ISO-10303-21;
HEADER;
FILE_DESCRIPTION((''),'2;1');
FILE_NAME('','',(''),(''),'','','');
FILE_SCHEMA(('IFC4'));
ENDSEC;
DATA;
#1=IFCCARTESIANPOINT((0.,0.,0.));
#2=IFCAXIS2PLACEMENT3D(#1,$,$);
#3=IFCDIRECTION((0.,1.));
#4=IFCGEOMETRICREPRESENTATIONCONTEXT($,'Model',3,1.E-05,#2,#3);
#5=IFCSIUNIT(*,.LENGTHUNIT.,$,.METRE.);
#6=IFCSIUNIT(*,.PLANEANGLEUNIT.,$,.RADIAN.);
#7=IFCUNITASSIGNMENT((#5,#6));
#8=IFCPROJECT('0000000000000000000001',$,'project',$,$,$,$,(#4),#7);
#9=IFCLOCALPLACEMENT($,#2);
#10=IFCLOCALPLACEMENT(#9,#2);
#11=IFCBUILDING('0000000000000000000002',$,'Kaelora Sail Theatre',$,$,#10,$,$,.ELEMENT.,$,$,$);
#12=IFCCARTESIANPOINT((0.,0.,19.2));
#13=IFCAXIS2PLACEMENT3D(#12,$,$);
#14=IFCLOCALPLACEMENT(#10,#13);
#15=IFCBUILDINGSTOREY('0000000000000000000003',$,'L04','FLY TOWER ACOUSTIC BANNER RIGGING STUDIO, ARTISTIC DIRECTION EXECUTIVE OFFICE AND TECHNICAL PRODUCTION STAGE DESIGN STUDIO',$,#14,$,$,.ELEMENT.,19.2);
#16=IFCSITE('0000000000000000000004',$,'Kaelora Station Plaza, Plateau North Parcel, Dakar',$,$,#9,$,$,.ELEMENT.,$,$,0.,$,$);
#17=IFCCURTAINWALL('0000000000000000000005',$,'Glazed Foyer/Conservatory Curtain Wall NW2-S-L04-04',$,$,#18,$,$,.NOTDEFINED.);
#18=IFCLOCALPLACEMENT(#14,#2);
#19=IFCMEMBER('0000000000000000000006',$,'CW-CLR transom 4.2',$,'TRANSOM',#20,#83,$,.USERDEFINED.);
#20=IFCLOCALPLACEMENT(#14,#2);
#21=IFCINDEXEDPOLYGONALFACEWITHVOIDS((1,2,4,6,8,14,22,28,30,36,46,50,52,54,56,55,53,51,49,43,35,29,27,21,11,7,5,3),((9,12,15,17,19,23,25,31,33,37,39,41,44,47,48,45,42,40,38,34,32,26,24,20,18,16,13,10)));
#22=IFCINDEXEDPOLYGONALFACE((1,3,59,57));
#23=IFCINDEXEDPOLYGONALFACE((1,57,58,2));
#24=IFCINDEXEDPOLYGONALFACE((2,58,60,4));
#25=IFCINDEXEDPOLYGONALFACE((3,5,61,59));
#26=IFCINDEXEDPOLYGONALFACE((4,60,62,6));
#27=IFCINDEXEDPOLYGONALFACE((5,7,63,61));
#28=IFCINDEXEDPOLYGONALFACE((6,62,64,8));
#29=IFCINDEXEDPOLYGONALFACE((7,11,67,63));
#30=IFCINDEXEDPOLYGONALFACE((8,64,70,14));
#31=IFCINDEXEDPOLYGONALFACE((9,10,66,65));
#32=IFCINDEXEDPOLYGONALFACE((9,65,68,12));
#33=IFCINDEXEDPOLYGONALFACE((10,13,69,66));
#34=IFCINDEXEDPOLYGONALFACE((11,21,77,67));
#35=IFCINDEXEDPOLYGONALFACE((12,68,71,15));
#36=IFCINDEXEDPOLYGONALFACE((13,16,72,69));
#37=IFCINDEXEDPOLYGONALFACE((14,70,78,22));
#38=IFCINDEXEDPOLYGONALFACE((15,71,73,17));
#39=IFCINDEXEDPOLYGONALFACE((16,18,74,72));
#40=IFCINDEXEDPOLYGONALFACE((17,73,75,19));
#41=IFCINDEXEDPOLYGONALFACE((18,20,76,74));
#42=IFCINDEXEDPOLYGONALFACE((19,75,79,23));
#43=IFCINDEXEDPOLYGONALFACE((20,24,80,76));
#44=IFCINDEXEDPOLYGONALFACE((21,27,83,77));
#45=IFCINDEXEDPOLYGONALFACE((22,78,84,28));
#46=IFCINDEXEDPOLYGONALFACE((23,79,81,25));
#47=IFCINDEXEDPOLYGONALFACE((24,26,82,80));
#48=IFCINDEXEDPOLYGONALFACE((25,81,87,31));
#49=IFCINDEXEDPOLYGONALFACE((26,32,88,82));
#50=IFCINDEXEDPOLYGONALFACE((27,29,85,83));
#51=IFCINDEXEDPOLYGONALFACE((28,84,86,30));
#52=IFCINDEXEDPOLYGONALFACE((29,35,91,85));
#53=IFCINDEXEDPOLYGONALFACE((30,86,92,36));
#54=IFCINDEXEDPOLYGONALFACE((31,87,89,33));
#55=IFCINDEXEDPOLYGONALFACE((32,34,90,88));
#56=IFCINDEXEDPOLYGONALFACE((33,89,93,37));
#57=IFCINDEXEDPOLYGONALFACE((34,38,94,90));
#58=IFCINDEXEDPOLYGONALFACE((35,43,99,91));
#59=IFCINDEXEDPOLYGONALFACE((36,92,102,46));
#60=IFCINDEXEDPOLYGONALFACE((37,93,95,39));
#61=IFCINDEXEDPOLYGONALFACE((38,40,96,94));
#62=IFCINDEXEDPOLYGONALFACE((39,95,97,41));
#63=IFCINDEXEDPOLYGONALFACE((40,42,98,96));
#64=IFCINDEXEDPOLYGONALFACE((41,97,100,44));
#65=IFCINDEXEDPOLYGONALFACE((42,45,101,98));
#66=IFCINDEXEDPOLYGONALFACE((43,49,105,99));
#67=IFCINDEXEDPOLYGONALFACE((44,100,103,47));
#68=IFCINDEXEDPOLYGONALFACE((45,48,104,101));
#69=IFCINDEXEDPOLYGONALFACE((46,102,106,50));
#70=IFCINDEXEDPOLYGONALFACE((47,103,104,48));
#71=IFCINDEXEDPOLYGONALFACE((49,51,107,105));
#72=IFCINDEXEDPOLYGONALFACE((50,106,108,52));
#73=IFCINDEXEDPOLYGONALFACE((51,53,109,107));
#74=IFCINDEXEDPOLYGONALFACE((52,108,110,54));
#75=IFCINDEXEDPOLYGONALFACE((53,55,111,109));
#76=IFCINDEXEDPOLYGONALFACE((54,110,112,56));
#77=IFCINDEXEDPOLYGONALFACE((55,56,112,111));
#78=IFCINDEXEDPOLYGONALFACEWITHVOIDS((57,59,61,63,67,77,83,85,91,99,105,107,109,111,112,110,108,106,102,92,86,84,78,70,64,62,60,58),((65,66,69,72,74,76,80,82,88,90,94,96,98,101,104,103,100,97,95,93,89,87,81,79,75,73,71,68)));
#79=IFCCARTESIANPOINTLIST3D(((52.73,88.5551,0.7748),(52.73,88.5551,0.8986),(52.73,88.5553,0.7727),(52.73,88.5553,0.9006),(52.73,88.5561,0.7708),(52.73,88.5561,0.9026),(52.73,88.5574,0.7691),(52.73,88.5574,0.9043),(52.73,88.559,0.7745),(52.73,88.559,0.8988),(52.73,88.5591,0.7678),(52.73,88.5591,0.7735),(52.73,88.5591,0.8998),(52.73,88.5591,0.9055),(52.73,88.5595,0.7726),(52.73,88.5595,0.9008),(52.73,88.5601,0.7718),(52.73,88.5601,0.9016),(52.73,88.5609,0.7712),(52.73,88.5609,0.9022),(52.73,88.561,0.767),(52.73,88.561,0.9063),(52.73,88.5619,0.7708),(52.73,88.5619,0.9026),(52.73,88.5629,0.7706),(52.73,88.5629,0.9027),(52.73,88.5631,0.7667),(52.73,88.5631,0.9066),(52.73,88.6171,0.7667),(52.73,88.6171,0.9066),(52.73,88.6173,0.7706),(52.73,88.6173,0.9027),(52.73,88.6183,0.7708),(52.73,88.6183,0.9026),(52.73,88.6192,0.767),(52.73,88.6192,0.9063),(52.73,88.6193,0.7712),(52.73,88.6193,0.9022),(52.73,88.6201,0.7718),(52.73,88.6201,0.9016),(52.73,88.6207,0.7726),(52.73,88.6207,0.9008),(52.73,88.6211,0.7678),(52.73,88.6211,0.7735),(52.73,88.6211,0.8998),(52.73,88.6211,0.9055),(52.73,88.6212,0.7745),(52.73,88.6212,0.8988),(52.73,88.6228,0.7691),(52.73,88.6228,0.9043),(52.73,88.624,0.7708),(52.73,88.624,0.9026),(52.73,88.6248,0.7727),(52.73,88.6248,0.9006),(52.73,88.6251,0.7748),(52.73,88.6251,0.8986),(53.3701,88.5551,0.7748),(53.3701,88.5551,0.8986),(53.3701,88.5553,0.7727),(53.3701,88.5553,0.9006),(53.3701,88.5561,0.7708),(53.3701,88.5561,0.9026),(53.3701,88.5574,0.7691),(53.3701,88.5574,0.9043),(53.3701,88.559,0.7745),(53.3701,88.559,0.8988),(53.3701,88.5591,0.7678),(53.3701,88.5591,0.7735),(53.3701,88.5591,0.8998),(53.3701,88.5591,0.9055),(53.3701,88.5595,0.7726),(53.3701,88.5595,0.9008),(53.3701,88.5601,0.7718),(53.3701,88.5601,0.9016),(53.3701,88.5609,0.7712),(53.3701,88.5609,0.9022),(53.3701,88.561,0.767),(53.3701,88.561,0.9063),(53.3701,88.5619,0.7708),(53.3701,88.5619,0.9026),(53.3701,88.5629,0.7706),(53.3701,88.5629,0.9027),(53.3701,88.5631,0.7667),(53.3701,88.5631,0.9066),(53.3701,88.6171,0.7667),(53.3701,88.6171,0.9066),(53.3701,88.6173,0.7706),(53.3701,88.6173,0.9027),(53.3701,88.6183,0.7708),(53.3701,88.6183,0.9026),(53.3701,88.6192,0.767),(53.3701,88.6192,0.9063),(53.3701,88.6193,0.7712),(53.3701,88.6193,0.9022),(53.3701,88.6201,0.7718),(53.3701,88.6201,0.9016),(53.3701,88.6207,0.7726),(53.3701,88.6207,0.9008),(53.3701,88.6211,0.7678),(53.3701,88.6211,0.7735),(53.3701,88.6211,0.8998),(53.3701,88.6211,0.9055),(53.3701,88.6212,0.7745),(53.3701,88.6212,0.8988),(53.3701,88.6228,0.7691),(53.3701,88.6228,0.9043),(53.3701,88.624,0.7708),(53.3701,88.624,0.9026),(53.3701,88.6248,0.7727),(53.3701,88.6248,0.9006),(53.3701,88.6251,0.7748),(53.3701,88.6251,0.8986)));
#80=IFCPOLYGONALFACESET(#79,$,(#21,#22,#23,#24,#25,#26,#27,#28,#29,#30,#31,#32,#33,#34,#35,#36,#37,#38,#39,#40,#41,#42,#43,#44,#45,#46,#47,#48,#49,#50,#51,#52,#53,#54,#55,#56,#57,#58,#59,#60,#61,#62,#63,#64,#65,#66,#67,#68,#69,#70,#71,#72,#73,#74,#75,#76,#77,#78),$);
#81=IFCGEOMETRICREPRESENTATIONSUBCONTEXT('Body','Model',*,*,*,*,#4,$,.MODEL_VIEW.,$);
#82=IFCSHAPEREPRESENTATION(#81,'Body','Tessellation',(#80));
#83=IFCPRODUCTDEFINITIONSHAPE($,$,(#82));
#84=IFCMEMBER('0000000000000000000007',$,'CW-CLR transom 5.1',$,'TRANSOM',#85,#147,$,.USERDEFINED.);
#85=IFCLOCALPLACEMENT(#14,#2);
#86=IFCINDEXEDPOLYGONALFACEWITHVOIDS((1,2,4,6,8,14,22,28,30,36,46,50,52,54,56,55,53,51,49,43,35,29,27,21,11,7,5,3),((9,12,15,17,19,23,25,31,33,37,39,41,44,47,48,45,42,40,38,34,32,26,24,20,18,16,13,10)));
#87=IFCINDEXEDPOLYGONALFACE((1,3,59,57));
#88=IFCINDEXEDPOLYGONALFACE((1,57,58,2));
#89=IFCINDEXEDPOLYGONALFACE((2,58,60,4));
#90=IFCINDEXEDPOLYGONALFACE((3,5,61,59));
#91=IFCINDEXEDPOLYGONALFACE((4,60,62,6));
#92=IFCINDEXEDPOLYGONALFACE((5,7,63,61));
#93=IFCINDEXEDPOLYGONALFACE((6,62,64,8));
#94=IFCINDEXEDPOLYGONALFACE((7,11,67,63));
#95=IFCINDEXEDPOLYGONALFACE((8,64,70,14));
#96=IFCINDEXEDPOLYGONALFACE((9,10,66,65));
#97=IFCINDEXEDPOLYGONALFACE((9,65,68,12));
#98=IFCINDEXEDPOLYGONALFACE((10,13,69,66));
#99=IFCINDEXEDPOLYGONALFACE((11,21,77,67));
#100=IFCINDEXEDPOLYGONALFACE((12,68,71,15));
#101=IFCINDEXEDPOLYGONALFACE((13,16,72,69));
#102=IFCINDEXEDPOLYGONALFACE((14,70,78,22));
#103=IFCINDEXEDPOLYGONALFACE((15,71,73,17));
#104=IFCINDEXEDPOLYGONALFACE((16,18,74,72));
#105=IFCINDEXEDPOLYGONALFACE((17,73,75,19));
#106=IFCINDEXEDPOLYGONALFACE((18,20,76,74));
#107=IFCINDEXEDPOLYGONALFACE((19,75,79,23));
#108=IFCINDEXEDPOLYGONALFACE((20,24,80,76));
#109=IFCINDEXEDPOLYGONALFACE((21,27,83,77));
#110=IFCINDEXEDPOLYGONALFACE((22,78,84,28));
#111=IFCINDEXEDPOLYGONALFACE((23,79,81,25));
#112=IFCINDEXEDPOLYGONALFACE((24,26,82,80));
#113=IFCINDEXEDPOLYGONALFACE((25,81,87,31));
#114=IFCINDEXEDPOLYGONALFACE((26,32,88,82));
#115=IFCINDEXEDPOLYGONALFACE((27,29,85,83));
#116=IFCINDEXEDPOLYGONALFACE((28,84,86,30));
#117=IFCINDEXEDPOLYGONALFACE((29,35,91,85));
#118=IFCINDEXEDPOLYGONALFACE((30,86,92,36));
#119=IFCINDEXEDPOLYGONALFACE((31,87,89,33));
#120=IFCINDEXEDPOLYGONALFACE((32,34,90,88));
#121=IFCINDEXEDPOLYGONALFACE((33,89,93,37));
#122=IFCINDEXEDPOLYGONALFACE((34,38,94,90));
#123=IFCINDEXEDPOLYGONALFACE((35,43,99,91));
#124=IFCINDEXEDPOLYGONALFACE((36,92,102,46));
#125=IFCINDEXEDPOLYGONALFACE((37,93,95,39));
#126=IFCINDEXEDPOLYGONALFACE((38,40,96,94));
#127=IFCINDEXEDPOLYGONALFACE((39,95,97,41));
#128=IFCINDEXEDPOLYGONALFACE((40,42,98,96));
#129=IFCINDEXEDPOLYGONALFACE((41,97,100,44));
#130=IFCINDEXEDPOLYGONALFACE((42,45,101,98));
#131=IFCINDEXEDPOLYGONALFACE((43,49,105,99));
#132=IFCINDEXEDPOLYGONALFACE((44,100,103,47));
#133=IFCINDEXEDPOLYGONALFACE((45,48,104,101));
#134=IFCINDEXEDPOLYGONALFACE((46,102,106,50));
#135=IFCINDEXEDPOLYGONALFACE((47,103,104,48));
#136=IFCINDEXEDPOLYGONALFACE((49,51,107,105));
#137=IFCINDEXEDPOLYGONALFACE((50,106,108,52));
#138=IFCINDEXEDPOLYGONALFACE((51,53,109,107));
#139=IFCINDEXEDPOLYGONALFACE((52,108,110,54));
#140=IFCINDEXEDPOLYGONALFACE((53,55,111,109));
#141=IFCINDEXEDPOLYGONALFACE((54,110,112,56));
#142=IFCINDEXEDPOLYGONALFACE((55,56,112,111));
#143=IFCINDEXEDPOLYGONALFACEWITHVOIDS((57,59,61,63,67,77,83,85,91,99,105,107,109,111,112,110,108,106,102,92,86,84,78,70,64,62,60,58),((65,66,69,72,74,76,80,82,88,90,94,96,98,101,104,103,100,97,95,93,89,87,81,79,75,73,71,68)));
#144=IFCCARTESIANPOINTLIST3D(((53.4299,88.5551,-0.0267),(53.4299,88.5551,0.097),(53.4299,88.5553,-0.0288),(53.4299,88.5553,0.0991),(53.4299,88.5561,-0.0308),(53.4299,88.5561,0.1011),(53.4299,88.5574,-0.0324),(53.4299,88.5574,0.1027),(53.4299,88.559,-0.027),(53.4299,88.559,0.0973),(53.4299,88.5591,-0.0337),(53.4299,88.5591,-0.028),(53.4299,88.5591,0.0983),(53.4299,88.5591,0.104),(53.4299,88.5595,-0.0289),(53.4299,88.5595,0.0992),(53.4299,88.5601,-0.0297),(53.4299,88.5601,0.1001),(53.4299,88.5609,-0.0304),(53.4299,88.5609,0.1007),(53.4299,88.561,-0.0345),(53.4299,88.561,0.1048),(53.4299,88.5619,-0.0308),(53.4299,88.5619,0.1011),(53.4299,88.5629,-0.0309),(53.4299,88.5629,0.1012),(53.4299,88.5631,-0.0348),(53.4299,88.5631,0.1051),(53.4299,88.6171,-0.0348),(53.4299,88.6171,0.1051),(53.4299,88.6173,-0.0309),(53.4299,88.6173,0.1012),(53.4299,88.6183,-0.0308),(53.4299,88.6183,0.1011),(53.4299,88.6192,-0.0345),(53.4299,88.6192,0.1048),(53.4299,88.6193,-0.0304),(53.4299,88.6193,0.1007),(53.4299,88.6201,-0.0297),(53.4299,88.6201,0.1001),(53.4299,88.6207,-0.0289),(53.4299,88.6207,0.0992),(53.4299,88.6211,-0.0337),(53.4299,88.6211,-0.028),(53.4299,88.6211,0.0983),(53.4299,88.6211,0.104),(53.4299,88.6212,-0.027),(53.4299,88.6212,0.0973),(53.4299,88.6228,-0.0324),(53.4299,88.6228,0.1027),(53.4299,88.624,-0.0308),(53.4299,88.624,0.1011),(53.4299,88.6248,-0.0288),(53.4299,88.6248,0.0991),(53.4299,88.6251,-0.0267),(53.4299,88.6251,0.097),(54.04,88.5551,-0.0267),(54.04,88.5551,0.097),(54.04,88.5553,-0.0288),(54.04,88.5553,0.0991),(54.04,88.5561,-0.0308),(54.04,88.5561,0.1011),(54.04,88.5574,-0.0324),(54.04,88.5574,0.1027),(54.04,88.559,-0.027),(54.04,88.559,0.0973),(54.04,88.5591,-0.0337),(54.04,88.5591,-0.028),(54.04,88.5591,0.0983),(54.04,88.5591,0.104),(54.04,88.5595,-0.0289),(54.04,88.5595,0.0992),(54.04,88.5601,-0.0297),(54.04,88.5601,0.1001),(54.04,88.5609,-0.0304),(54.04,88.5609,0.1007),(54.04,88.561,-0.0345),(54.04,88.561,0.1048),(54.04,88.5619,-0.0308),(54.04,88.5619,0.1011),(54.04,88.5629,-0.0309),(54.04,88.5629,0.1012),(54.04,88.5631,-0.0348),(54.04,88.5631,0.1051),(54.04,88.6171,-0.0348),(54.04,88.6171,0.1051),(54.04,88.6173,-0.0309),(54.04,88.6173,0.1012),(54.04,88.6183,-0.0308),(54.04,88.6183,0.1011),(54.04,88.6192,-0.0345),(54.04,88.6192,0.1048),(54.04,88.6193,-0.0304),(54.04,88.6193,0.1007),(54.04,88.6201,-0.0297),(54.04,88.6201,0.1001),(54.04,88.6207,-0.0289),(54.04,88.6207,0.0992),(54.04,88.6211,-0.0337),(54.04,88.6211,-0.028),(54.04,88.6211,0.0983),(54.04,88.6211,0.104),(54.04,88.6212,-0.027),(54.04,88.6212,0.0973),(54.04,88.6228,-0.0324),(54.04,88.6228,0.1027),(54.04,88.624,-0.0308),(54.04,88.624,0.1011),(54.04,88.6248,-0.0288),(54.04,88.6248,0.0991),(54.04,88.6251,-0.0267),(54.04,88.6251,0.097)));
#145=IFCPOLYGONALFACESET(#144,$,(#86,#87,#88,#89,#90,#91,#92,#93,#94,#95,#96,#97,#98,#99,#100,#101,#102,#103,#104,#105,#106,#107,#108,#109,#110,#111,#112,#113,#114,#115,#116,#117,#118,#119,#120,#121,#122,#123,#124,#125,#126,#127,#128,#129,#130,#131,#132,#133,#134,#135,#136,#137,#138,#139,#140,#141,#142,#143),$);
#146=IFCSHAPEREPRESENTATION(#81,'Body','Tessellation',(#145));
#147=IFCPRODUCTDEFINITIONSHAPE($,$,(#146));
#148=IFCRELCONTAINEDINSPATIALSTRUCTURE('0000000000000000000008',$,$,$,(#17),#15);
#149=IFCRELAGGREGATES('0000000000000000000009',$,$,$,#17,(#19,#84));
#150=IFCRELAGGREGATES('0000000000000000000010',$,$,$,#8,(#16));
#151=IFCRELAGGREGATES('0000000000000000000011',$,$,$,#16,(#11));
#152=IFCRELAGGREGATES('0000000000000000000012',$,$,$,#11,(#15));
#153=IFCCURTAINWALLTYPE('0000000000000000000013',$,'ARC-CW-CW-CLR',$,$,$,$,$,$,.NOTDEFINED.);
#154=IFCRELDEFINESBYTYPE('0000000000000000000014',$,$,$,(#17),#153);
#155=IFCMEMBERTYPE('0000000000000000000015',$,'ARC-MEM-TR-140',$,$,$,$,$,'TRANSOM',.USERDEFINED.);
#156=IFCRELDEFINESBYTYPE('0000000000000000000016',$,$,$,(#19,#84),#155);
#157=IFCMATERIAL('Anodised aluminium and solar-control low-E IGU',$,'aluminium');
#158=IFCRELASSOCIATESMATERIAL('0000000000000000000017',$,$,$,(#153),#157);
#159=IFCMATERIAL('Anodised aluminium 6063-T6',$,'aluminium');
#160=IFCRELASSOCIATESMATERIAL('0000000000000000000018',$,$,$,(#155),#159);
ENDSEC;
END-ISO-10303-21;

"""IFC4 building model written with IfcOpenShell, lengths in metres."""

from ifc_helpers import new_model, si_unit, direction, frame, origin, origin_2d, place, context, subcontext, project, spatial, hollow_rectangle, extrude, material, material_profile, profile_set, type_object, element, aggregate, save


model = new_model("IFC4")

# Units and contexts
model_context = context("Model", 3, precision=1e-05, world=origin(), true_north=direction((0.0, 1.0)))
body_context = subcontext(model_context, "Body", "Model", "MODEL_VIEW")
ifc_project = project(units=[si_unit("LENGTHUNIT", "METRE"), si_unit("PLANEANGLEUNIT", "RADIAN")], contexts=[model_context])

# Site, building, storey
site_placement = place(None, origin())
site = spatial("IfcSite", under=ifc_project, at=site_placement, Name="Kaelora Station Plaza, Plateau North Parcel, Dakar", CompositionType="ELEMENT", RefElevation=0.0)
building_placement = place(site_placement, origin())
building = spatial("IfcBuilding", under=site, at=building_placement, Name="Kaelora Sail Theatre", CompositionType="ELEMENT")
storey_placement = place(building_placement, frame((0.0, 0.0, 19.2)))
storey = spatial("IfcBuildingStorey", under=building, at=storey_placement, Name="L04", Description="FLY TOWER ACOUSTIC BANNER RIGGING STUDIO, ARTISTIC DIRECTION EXECUTIVE OFFICE AND TECHNICAL PRODUCTION STAGE DESIGN STUDIO", CompositionType="ELEMENT", Elevation=19.2)

# Curtain wall
ifc_material_1 = material(Name="Anodised aluminium and solar-control low-E IGU", Category="aluminium")
curtain_wall_type = type_object("IfcCurtainWallType", Name="ARC-CW-CW-CLR", PredefinedType="NOTDEFINED", material=ifc_material_1)
curtain_wall_1_placement = place(storey_placement, origin())
curtain_wall_1 = element("IfcCurtainWall", 1, at=curtain_wall_1_placement, inside=storey, type_object=curtain_wall_type, Name="Glazed Foyer/Conservatory Curtain Wall NW2-S-L04-04", PredefinedType="NOTDEFINED")

# Members
ifc_material_2 = material(Name="Anodised aluminium 6063-T6", Category="aluminium")
ifc_material_profile_1 = material_profile(ifc_material_2, hollow_rectangle(XDim=0.0701, YDim=0.1399, WallThickness=0.0039, InnerFilletRadius=0.0039, OuterFilletRadius=0.0081, at=origin_2d()), Name="ALU-TRAN 70x140x4")
ifc_profile_set_1 = profile_set([ifc_material_profile_1], Name="Anodised aluminium 6063-T6")
member_type_1 = type_object("IfcMemberType", Name="ARC-MEM-TR-140", ElementType="TRANSOM", PredefinedType="USERDEFINED", material=ifc_profile_set_1)
member_1_placement = place(storey_placement, frame((52.73, 88.5901, 0.8367), z_axis=(1.0, 0.0, 0.0), x_axis=(0.0, 1.0, 0.0)))
member_1 = element("IfcMember", 2, at=member_1_placement, type_object=member_type_1, Name="CW-CLR transom 4.2", ObjectType="TRANSOM", PredefinedType="USERDEFINED", context=body_context, shape_type="SweptSolid", body=[
    extrude(hollow_rectangle(XDim=0.0701, YDim=0.1399, WallThickness=0.0039, InnerFilletRadius=0.0039, OuterFilletRadius=0.0081, at=origin_2d()), origin(), (0.0, 0.0, 1.0), 0.6401),
])
member_2_placement = place(storey_placement, frame((53.4299, 88.5901, 0.0352), z_axis=(1.0, 0.0, 0.0), x_axis=(0.0, 1.0, 0.0)))
member_2 = element("IfcMember", 3, at=member_2_placement, type_object=member_type_1, Name="CW-CLR transom 5.1", ObjectType="TRANSOM", PredefinedType="USERDEFINED", context=body_context, shape_type="SweptSolid", body=[
    extrude(hollow_rectangle(XDim=0.0701, YDim=0.1399, WallThickness=0.0039, InnerFilletRadius=0.0039, OuterFilletRadius=0.0081, at=origin_2d()), origin(), (0.0, 0.0, 1.0), 0.6101),
])

aggregate(curtain_wall_1, [member_1, member_2])

save(model, "model.ifc")
